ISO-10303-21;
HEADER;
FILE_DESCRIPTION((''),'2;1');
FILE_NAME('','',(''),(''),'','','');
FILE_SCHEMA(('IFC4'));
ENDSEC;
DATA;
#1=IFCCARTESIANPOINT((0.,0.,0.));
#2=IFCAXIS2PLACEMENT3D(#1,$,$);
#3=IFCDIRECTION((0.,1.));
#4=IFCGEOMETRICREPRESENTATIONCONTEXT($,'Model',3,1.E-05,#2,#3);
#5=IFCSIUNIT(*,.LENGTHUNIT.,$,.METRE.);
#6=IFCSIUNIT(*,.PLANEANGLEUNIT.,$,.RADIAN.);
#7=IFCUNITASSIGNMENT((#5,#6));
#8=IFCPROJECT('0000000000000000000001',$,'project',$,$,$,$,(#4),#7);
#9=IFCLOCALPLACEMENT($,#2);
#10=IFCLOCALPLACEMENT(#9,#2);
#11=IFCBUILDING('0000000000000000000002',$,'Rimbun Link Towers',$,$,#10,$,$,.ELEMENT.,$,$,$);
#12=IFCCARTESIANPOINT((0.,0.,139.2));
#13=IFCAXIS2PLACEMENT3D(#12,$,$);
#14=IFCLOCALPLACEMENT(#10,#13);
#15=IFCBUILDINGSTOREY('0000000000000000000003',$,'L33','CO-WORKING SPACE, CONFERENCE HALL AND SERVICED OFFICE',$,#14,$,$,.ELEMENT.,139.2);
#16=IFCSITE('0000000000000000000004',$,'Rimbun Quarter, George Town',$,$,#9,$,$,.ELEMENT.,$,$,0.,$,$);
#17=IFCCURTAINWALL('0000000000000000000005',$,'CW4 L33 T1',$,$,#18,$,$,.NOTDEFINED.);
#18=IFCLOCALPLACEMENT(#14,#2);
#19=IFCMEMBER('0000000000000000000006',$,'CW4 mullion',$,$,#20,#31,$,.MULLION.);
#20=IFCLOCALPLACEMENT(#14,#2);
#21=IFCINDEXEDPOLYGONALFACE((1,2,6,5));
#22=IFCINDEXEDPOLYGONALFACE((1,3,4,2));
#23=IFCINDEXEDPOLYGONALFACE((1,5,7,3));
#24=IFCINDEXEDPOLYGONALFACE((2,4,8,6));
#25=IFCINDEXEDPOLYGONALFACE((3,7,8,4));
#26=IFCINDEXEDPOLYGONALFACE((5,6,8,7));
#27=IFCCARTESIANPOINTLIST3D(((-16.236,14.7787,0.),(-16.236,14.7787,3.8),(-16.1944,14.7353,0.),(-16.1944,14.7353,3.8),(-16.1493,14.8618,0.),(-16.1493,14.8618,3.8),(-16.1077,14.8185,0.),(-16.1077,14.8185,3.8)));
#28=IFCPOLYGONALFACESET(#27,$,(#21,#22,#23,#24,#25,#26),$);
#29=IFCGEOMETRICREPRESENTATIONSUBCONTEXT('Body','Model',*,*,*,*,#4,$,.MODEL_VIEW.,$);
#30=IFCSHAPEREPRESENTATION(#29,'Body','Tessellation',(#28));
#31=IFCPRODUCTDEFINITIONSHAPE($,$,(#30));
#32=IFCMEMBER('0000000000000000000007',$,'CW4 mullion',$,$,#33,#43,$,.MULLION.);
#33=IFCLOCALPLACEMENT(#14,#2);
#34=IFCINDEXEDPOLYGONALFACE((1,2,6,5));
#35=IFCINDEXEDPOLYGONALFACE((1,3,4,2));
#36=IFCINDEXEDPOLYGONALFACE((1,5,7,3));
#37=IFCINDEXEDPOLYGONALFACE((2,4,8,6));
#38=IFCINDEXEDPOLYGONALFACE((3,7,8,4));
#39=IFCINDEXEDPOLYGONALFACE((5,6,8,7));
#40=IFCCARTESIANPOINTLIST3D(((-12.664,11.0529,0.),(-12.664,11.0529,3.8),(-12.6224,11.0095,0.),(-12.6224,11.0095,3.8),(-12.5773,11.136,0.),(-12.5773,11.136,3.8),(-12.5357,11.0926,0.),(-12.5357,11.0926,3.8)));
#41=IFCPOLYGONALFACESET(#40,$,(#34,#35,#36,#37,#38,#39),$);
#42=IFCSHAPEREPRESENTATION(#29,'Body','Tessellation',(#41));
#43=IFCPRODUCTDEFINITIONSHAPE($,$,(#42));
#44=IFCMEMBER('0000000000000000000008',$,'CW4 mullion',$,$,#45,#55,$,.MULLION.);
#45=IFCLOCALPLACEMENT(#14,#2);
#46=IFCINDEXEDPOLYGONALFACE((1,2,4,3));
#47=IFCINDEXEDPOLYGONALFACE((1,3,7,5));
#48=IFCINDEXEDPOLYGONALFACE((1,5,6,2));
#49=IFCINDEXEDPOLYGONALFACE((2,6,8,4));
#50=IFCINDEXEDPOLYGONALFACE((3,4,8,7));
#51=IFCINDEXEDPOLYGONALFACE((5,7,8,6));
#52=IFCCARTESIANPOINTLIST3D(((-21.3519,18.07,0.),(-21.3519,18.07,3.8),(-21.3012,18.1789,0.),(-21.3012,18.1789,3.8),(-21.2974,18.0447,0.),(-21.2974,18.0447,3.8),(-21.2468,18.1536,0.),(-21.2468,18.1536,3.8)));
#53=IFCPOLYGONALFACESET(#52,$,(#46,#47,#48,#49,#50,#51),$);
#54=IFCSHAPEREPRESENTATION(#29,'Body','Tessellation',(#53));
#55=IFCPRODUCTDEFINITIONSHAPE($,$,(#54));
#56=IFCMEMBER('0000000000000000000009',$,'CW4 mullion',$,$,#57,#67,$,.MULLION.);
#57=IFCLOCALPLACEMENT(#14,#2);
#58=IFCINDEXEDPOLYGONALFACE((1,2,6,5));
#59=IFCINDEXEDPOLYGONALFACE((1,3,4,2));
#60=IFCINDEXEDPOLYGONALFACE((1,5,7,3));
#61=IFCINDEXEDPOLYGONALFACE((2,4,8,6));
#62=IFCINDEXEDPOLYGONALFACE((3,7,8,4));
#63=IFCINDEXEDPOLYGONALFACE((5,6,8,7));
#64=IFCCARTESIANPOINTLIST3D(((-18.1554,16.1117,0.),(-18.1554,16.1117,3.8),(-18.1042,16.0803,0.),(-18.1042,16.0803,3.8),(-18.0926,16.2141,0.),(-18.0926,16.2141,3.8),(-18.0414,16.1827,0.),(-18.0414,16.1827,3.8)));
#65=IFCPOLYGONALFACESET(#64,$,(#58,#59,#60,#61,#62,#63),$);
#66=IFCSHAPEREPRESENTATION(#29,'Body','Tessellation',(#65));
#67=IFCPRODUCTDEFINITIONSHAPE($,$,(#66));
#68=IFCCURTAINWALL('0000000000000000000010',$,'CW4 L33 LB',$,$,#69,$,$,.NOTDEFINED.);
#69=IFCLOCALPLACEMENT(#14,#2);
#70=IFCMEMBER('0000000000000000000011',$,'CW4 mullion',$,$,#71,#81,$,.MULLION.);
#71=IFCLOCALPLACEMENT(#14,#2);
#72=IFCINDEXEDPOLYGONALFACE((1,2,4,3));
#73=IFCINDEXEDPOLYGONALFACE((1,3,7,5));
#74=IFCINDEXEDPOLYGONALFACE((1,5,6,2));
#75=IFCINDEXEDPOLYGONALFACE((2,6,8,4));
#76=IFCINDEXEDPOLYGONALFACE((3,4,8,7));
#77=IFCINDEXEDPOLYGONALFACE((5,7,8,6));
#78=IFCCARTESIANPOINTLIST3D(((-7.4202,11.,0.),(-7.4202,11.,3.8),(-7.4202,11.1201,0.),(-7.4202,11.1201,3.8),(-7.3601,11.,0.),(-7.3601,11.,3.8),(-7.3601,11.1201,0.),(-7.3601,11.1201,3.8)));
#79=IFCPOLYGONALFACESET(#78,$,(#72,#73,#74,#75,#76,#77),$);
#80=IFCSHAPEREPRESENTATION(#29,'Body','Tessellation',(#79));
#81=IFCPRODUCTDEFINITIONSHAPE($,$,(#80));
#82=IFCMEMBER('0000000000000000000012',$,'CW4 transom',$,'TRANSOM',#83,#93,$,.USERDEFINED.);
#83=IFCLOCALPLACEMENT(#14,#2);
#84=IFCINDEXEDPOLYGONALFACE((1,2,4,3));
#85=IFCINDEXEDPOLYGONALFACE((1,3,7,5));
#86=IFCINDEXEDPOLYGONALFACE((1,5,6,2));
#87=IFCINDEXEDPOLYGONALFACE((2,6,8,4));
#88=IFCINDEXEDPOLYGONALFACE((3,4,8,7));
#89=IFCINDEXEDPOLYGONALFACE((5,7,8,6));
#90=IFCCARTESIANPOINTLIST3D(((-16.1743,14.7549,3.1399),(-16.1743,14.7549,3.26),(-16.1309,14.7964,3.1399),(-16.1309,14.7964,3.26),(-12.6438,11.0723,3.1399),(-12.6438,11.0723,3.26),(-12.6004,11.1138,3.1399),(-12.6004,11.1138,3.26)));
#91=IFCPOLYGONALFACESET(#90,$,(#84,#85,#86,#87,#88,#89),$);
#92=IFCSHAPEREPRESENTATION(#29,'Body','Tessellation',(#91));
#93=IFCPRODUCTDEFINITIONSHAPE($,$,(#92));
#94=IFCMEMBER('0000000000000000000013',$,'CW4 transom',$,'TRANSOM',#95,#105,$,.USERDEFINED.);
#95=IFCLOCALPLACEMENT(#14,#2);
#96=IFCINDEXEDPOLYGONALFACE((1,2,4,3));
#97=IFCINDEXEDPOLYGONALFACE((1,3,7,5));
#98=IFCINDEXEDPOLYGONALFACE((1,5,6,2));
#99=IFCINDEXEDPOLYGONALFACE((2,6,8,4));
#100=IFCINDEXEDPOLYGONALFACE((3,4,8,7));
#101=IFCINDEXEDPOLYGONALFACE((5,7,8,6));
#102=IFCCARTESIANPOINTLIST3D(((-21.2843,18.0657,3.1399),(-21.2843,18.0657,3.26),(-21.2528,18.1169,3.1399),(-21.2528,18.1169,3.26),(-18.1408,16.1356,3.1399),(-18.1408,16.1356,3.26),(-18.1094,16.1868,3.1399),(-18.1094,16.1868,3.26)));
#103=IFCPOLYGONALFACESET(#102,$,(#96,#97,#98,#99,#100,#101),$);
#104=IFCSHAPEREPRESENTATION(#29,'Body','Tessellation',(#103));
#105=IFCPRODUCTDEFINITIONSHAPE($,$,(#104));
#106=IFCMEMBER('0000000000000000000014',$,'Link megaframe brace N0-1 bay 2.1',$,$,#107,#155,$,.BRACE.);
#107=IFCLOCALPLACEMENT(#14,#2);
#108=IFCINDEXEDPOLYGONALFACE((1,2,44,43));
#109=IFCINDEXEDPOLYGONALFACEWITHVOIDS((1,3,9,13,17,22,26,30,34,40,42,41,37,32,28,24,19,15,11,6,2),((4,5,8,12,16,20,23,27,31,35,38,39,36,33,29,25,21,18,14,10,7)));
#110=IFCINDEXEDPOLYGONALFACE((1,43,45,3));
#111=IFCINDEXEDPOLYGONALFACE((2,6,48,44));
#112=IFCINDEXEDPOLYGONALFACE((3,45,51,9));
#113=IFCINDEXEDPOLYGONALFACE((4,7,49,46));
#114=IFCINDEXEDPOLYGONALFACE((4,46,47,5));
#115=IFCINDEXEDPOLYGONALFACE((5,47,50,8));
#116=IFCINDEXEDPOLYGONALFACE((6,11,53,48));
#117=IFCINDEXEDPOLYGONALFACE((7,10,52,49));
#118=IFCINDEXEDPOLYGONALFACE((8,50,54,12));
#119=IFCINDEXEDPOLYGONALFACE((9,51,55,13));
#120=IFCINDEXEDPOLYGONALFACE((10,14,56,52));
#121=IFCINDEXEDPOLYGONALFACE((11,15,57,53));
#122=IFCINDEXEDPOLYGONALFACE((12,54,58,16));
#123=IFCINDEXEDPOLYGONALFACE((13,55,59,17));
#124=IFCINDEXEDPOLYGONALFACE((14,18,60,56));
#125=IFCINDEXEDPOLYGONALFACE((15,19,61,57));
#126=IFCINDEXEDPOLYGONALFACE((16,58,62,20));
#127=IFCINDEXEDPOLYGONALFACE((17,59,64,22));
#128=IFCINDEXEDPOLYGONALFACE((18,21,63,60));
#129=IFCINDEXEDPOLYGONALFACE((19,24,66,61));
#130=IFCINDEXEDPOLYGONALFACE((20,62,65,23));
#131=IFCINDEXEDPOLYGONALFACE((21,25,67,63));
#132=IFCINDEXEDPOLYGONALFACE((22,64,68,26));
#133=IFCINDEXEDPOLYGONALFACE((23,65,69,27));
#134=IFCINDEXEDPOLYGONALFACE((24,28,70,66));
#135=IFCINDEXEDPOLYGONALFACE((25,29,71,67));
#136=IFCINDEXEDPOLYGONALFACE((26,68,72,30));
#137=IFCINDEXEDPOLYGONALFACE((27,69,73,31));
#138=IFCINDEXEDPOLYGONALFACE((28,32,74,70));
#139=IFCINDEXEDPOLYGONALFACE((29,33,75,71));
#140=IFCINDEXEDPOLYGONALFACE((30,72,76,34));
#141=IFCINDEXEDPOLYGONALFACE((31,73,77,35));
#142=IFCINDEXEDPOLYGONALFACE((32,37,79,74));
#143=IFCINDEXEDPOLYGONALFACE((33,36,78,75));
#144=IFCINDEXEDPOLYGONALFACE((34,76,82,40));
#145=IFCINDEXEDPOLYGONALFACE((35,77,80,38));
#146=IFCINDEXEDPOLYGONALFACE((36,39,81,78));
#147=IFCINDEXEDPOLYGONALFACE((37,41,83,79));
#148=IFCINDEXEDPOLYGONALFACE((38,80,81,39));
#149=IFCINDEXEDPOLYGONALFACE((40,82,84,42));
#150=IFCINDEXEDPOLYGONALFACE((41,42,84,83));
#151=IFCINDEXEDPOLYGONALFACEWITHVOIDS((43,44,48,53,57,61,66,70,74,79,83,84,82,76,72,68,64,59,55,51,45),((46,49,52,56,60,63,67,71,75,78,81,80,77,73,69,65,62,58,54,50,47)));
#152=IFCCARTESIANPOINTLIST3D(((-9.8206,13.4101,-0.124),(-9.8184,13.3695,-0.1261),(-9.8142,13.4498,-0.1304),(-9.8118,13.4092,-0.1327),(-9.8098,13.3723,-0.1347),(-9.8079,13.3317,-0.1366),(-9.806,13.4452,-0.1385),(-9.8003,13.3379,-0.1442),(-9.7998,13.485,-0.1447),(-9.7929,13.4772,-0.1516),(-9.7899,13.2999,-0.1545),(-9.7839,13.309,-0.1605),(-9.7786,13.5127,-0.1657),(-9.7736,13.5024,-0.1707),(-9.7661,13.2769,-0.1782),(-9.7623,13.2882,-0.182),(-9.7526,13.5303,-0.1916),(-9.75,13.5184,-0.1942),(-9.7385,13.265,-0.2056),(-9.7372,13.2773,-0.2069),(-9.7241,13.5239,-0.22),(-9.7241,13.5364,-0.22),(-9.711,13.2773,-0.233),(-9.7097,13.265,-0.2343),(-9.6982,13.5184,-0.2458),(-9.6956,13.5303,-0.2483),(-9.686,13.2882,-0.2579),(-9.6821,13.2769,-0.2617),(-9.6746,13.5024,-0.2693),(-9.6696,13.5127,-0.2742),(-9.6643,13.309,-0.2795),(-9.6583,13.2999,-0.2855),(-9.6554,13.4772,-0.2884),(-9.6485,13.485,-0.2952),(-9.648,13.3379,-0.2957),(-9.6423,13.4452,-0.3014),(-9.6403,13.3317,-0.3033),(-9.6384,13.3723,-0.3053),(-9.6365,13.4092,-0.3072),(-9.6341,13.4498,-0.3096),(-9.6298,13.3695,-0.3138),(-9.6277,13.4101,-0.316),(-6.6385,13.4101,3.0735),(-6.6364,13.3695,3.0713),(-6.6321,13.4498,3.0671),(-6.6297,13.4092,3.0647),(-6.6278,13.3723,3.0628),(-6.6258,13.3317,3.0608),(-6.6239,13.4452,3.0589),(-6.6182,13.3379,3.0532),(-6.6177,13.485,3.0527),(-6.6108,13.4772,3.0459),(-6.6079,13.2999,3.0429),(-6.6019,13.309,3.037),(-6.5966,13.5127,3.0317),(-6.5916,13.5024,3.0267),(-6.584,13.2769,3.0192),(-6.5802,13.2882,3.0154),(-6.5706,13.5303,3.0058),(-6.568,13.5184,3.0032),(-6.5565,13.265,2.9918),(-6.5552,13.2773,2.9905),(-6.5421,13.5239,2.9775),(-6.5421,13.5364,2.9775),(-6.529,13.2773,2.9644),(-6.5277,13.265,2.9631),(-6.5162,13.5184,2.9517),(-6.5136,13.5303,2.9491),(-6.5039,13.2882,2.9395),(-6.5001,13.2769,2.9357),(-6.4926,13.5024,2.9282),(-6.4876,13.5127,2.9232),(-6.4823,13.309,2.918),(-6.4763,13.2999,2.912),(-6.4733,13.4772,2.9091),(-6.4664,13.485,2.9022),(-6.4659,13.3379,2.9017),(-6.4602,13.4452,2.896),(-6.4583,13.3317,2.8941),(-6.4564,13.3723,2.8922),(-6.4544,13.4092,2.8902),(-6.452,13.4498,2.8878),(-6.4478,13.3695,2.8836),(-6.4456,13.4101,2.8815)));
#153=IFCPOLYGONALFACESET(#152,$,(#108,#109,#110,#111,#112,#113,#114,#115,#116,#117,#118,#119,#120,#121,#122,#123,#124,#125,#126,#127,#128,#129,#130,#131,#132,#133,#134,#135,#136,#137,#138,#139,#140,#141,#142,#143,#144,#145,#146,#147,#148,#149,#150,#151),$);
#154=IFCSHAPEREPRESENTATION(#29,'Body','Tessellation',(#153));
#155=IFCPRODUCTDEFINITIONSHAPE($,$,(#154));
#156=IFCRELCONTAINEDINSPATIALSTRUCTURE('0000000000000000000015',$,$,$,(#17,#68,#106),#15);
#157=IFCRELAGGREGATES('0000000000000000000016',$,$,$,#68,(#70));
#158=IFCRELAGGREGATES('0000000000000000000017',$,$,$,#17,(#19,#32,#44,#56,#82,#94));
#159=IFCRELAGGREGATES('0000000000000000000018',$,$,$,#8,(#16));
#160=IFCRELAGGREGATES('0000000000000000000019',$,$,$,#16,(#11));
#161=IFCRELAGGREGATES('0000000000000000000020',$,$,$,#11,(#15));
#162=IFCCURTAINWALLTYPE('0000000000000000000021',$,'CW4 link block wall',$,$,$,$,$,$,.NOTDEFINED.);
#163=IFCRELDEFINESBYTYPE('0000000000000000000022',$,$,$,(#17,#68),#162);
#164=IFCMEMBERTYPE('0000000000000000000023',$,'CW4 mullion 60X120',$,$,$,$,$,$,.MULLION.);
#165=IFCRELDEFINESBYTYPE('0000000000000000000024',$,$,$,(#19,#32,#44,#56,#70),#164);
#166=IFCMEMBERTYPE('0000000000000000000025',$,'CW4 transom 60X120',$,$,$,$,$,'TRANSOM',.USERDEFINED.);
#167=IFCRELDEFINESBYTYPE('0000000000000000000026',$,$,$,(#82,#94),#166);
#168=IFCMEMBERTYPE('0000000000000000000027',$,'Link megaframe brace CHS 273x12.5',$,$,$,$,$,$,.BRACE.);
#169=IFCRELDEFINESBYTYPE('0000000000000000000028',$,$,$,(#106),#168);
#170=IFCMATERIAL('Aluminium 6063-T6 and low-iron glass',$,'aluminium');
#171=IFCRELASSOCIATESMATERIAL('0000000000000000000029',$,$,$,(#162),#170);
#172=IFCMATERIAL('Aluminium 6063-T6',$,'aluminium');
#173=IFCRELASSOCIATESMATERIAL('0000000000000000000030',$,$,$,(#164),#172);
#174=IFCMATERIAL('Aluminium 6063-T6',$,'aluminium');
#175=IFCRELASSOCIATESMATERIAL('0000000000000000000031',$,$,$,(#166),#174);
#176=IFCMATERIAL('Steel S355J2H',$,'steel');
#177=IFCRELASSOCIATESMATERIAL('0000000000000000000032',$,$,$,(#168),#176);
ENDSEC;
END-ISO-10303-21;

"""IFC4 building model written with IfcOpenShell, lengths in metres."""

from ifc_helpers import new_model, si_unit, direction, frame, origin, origin_2d, place, context, subcontext, project, spatial, rectangle, hollow_circle, extrude, material, material_profile, profile_set, type_object, element, aggregate, save


model = new_model("IFC4")

# Units and contexts
model_context = context("Model", 3, precision=1e-05, world=origin(), true_north=direction((0.0, 1.0)))
body_context = subcontext(model_context, "Body", "Model", "MODEL_VIEW")
ifc_project = project(units=[si_unit("LENGTHUNIT", "METRE"), si_unit("PLANEANGLEUNIT", "RADIAN")], contexts=[model_context])

# Site, building, storey
site_placement = place(None, origin())
site = spatial("IfcSite", under=ifc_project, at=site_placement, Name="Rimbun Quarter, George Town", CompositionType="ELEMENT", RefElevation=0.0)
building_placement = place(site_placement, origin())
building = spatial("IfcBuilding", under=site, at=building_placement, Name="Rimbun Link Towers", CompositionType="ELEMENT")
storey_placement = place(building_placement, frame((0.0, 0.0, 139.2)))
storey = spatial("IfcBuildingStorey", under=building, at=storey_placement, Name="L33", Description="CO-WORKING SPACE, CONFERENCE HALL AND SERVICED OFFICE", CompositionType="ELEMENT", Elevation=139.2)

# Curtain wall, members
ifc_material_1 = material(Name="Aluminium 6063-T6 and low-iron glass", Category="aluminium")
curtain_wall_type = type_object("IfcCurtainWallType", Name="CW4 link block wall", PredefinedType="NOTDEFINED", material=ifc_material_1)
curtain_wall_1_placement = place(storey_placement, origin())
curtain_wall_1 = element("IfcCurtainWall", 1, at=curtain_wall_1_placement, inside=storey, type_object=curtain_wall_type, Name="CW4 L33 T1", PredefinedType="NOTDEFINED")
ifc_material_2 = material(Name="Aluminium 6063-T6", Category="aluminium")
ifc_material_profile_1 = material_profile(ifc_material_2, rectangle(XDim=0.1201, YDim=0.0601, at=origin_2d()), Name="MULLION 60X120")
ifc_profile_set_1 = profile_set([ifc_material_profile_1], Name="Aluminium 6063-T6")
member_type_1 = type_object("IfcMemberType", Name="CW4 mullion 60X120", PredefinedType="MULLION", material=ifc_profile_set_1)
member_1_placement = place(storey_placement, frame((-16.1719, 14.7986, 0.0), z_axis=(0.0, 0.0, 1.0), x_axis=(0.721858, 0.692041, 0.0)))
member_1 = element("IfcMember", 2, at=member_1_placement, type_object=member_type_1, Name="CW4 mullion", PredefinedType="MULLION", context=body_context, shape_type="SweptSolid", body=[
    extrude(rectangle(XDim=0.1201, YDim=0.0601, at=origin_2d()), origin(), (0.0, 0.0, 1.0), 3.8),
])
member_2_placement = place(storey_placement, frame((-12.5999, 11.0728, 0.0), z_axis=(0.0, 0.0, 1.0), x_axis=(0.721858, 0.692041, 0.0)))
member_2 = element("IfcMember", 3, at=member_2_placement, type_object=member_type_1, Name="CW4 mullion", PredefinedType="MULLION", context=body_context, shape_type="SweptSolid", body=[
    extrude(rectangle(XDim=0.1201, YDim=0.0601, at=origin_2d()), origin(), (0.0, 0.0, 1.0), 3.8),
])
member_3_placement = place(storey_placement, frame((-21.2993, 18.1118, 0.0), z_axis=(0.0, 0.0, 1.0), x_axis=(0.421697, 0.906737, 0.0)))
member_3 = element("IfcMember", 4, at=member_3_placement, type_object=member_type_1, Name="CW4 mullion", PredefinedType="MULLION", context=body_context, shape_type="SweptSolid", body=[
    extrude(rectangle(XDim=0.1201, YDim=0.0601, at=origin_2d()), origin(), (0.0, 0.0, 1.0), 3.8),
])
member_4_placement = place(storey_placement, frame((-18.0984, 16.1472, 0.0), z_axis=(0.0, 0.0, 1.0), x_axis=(0.523225, 0.852194, 0.0)))
member_4 = element("IfcMember", 5, at=member_4_placement, type_object=member_type_1, Name="CW4 mullion", PredefinedType="MULLION", context=body_context, shape_type="SweptSolid", body=[
    extrude(rectangle(XDim=0.1201, YDim=0.0601, at=origin_2d()), origin(), (0.0, 0.0, 1.0), 3.8),
])

# Curtain wall, member
curtain_wall_2_placement = place(storey_placement, origin())
curtain_wall_2 = element("IfcCurtainWall", 6, at=curtain_wall_2_placement, inside=storey, type_object=curtain_wall_type, Name="CW4 L33 LB", PredefinedType="NOTDEFINED")
member_5_placement = place(storey_placement, frame((-7.3901, 11.0601, 0.0), z_axis=(0.0, 0.0, 1.0), x_axis=(0.0, 1.0, 0.0)))
member_5 = element("IfcMember", 7, at=member_5_placement, type_object=member_type_1, Name="CW4 mullion", PredefinedType="MULLION", context=body_context, shape_type="SweptSolid", body=[
    extrude(rectangle(XDim=0.1201, YDim=0.0601, at=origin_2d()), origin(), (0.0, 0.0, 1.0), 3.8),
])
aggregate(curtain_wall_2, [member_5])

# Members
ifc_material_3 = material(Name="Aluminium 6063-T6", Category="aluminium")
ifc_material_profile_2 = material_profile(ifc_material_3, rectangle(XDim=0.0601, YDim=0.1201, at=origin_2d()), Name="TRANSOM 60X120")
ifc_profile_set_2 = profile_set([ifc_material_profile_2], Name="Aluminium 6063-T6")
member_type_2 = type_object("IfcMemberType", Name="CW4 transom 60X120", ElementType="TRANSOM", PredefinedType="USERDEFINED", material=ifc_profile_set_2)
member_6_placement = place(storey_placement, frame((-16.1526, 14.7756, 3.2), z_axis=(0.692043, -0.721857, 0.0), x_axis=(0.721857, 0.692043, 0.0)))
member_6 = element("IfcMember", 8, at=member_6_placement, type_object=member_type_2, Name="CW4 transom", ObjectType="TRANSOM", PredefinedType="USERDEFINED", context=body_context, shape_type="SweptSolid", body=[
    extrude(rectangle(XDim=0.0601, YDim=0.1201, at=origin_2d()), origin(), (0.0, 0.0, 1.0), 5.1016),
])
member_7_placement = place(storey_placement, frame((-21.2686, 18.0913, 3.2), z_axis=(0.852181, -0.523248, 0.0), x_axis=(0.523248, 0.852181, 0.0)))
member_7 = element("IfcMember", 9, at=member_7_placement, type_object=member_type_2, Name="CW4 transom", ObjectType="TRANSOM", PredefinedType="USERDEFINED", context=body_context, shape_type="SweptSolid", body=[
    extrude(rectangle(XDim=0.0601, YDim=0.1201, at=origin_2d()), origin(), (0.0, 0.0, 1.0), 3.6887),
])

# Member
ifc_material_4 = material(Name="Steel S355J2H", Category="steel")
ifc_material_profile_3 = material_profile(ifc_material_4, hollow_circle(Radius=0.1365, WallThickness=0.0125, at=origin_2d()), Name="CHS 273x12.5")
ifc_profile_set_3 = profile_set([ifc_material_profile_3], Name="Steel S355J2H")
member_type_3 = type_object("IfcMemberType", Name="Link megaframe brace CHS 273x12.5", PredefinedType="BRACE", material=ifc_profile_set_3)
member_8_placement = place(storey_placement, frame((-9.7241, 13.3999, -0.22), z_axis=(0.7054, 0.0, 0.70881), x_axis=(0.0, 1.0, 0.0)))
element("IfcMember", 10, at=member_8_placement, inside=storey, type_object=member_type_3, Name="Link megaframe brace N0-1 bay 2.1", PredefinedType="BRACE", context=body_context, shape_type="SweptSolid", body=[
    extrude(hollow_circle(Radius=0.1365, WallThickness=0.0125, at=origin_2d()), origin(), (0.0, 0.0, 1.0), 4.511),
])

aggregate(curtain_wall_1, [member_1, member_2, member_3, member_4, member_6, member_7])

save(model, "model.ifc")
